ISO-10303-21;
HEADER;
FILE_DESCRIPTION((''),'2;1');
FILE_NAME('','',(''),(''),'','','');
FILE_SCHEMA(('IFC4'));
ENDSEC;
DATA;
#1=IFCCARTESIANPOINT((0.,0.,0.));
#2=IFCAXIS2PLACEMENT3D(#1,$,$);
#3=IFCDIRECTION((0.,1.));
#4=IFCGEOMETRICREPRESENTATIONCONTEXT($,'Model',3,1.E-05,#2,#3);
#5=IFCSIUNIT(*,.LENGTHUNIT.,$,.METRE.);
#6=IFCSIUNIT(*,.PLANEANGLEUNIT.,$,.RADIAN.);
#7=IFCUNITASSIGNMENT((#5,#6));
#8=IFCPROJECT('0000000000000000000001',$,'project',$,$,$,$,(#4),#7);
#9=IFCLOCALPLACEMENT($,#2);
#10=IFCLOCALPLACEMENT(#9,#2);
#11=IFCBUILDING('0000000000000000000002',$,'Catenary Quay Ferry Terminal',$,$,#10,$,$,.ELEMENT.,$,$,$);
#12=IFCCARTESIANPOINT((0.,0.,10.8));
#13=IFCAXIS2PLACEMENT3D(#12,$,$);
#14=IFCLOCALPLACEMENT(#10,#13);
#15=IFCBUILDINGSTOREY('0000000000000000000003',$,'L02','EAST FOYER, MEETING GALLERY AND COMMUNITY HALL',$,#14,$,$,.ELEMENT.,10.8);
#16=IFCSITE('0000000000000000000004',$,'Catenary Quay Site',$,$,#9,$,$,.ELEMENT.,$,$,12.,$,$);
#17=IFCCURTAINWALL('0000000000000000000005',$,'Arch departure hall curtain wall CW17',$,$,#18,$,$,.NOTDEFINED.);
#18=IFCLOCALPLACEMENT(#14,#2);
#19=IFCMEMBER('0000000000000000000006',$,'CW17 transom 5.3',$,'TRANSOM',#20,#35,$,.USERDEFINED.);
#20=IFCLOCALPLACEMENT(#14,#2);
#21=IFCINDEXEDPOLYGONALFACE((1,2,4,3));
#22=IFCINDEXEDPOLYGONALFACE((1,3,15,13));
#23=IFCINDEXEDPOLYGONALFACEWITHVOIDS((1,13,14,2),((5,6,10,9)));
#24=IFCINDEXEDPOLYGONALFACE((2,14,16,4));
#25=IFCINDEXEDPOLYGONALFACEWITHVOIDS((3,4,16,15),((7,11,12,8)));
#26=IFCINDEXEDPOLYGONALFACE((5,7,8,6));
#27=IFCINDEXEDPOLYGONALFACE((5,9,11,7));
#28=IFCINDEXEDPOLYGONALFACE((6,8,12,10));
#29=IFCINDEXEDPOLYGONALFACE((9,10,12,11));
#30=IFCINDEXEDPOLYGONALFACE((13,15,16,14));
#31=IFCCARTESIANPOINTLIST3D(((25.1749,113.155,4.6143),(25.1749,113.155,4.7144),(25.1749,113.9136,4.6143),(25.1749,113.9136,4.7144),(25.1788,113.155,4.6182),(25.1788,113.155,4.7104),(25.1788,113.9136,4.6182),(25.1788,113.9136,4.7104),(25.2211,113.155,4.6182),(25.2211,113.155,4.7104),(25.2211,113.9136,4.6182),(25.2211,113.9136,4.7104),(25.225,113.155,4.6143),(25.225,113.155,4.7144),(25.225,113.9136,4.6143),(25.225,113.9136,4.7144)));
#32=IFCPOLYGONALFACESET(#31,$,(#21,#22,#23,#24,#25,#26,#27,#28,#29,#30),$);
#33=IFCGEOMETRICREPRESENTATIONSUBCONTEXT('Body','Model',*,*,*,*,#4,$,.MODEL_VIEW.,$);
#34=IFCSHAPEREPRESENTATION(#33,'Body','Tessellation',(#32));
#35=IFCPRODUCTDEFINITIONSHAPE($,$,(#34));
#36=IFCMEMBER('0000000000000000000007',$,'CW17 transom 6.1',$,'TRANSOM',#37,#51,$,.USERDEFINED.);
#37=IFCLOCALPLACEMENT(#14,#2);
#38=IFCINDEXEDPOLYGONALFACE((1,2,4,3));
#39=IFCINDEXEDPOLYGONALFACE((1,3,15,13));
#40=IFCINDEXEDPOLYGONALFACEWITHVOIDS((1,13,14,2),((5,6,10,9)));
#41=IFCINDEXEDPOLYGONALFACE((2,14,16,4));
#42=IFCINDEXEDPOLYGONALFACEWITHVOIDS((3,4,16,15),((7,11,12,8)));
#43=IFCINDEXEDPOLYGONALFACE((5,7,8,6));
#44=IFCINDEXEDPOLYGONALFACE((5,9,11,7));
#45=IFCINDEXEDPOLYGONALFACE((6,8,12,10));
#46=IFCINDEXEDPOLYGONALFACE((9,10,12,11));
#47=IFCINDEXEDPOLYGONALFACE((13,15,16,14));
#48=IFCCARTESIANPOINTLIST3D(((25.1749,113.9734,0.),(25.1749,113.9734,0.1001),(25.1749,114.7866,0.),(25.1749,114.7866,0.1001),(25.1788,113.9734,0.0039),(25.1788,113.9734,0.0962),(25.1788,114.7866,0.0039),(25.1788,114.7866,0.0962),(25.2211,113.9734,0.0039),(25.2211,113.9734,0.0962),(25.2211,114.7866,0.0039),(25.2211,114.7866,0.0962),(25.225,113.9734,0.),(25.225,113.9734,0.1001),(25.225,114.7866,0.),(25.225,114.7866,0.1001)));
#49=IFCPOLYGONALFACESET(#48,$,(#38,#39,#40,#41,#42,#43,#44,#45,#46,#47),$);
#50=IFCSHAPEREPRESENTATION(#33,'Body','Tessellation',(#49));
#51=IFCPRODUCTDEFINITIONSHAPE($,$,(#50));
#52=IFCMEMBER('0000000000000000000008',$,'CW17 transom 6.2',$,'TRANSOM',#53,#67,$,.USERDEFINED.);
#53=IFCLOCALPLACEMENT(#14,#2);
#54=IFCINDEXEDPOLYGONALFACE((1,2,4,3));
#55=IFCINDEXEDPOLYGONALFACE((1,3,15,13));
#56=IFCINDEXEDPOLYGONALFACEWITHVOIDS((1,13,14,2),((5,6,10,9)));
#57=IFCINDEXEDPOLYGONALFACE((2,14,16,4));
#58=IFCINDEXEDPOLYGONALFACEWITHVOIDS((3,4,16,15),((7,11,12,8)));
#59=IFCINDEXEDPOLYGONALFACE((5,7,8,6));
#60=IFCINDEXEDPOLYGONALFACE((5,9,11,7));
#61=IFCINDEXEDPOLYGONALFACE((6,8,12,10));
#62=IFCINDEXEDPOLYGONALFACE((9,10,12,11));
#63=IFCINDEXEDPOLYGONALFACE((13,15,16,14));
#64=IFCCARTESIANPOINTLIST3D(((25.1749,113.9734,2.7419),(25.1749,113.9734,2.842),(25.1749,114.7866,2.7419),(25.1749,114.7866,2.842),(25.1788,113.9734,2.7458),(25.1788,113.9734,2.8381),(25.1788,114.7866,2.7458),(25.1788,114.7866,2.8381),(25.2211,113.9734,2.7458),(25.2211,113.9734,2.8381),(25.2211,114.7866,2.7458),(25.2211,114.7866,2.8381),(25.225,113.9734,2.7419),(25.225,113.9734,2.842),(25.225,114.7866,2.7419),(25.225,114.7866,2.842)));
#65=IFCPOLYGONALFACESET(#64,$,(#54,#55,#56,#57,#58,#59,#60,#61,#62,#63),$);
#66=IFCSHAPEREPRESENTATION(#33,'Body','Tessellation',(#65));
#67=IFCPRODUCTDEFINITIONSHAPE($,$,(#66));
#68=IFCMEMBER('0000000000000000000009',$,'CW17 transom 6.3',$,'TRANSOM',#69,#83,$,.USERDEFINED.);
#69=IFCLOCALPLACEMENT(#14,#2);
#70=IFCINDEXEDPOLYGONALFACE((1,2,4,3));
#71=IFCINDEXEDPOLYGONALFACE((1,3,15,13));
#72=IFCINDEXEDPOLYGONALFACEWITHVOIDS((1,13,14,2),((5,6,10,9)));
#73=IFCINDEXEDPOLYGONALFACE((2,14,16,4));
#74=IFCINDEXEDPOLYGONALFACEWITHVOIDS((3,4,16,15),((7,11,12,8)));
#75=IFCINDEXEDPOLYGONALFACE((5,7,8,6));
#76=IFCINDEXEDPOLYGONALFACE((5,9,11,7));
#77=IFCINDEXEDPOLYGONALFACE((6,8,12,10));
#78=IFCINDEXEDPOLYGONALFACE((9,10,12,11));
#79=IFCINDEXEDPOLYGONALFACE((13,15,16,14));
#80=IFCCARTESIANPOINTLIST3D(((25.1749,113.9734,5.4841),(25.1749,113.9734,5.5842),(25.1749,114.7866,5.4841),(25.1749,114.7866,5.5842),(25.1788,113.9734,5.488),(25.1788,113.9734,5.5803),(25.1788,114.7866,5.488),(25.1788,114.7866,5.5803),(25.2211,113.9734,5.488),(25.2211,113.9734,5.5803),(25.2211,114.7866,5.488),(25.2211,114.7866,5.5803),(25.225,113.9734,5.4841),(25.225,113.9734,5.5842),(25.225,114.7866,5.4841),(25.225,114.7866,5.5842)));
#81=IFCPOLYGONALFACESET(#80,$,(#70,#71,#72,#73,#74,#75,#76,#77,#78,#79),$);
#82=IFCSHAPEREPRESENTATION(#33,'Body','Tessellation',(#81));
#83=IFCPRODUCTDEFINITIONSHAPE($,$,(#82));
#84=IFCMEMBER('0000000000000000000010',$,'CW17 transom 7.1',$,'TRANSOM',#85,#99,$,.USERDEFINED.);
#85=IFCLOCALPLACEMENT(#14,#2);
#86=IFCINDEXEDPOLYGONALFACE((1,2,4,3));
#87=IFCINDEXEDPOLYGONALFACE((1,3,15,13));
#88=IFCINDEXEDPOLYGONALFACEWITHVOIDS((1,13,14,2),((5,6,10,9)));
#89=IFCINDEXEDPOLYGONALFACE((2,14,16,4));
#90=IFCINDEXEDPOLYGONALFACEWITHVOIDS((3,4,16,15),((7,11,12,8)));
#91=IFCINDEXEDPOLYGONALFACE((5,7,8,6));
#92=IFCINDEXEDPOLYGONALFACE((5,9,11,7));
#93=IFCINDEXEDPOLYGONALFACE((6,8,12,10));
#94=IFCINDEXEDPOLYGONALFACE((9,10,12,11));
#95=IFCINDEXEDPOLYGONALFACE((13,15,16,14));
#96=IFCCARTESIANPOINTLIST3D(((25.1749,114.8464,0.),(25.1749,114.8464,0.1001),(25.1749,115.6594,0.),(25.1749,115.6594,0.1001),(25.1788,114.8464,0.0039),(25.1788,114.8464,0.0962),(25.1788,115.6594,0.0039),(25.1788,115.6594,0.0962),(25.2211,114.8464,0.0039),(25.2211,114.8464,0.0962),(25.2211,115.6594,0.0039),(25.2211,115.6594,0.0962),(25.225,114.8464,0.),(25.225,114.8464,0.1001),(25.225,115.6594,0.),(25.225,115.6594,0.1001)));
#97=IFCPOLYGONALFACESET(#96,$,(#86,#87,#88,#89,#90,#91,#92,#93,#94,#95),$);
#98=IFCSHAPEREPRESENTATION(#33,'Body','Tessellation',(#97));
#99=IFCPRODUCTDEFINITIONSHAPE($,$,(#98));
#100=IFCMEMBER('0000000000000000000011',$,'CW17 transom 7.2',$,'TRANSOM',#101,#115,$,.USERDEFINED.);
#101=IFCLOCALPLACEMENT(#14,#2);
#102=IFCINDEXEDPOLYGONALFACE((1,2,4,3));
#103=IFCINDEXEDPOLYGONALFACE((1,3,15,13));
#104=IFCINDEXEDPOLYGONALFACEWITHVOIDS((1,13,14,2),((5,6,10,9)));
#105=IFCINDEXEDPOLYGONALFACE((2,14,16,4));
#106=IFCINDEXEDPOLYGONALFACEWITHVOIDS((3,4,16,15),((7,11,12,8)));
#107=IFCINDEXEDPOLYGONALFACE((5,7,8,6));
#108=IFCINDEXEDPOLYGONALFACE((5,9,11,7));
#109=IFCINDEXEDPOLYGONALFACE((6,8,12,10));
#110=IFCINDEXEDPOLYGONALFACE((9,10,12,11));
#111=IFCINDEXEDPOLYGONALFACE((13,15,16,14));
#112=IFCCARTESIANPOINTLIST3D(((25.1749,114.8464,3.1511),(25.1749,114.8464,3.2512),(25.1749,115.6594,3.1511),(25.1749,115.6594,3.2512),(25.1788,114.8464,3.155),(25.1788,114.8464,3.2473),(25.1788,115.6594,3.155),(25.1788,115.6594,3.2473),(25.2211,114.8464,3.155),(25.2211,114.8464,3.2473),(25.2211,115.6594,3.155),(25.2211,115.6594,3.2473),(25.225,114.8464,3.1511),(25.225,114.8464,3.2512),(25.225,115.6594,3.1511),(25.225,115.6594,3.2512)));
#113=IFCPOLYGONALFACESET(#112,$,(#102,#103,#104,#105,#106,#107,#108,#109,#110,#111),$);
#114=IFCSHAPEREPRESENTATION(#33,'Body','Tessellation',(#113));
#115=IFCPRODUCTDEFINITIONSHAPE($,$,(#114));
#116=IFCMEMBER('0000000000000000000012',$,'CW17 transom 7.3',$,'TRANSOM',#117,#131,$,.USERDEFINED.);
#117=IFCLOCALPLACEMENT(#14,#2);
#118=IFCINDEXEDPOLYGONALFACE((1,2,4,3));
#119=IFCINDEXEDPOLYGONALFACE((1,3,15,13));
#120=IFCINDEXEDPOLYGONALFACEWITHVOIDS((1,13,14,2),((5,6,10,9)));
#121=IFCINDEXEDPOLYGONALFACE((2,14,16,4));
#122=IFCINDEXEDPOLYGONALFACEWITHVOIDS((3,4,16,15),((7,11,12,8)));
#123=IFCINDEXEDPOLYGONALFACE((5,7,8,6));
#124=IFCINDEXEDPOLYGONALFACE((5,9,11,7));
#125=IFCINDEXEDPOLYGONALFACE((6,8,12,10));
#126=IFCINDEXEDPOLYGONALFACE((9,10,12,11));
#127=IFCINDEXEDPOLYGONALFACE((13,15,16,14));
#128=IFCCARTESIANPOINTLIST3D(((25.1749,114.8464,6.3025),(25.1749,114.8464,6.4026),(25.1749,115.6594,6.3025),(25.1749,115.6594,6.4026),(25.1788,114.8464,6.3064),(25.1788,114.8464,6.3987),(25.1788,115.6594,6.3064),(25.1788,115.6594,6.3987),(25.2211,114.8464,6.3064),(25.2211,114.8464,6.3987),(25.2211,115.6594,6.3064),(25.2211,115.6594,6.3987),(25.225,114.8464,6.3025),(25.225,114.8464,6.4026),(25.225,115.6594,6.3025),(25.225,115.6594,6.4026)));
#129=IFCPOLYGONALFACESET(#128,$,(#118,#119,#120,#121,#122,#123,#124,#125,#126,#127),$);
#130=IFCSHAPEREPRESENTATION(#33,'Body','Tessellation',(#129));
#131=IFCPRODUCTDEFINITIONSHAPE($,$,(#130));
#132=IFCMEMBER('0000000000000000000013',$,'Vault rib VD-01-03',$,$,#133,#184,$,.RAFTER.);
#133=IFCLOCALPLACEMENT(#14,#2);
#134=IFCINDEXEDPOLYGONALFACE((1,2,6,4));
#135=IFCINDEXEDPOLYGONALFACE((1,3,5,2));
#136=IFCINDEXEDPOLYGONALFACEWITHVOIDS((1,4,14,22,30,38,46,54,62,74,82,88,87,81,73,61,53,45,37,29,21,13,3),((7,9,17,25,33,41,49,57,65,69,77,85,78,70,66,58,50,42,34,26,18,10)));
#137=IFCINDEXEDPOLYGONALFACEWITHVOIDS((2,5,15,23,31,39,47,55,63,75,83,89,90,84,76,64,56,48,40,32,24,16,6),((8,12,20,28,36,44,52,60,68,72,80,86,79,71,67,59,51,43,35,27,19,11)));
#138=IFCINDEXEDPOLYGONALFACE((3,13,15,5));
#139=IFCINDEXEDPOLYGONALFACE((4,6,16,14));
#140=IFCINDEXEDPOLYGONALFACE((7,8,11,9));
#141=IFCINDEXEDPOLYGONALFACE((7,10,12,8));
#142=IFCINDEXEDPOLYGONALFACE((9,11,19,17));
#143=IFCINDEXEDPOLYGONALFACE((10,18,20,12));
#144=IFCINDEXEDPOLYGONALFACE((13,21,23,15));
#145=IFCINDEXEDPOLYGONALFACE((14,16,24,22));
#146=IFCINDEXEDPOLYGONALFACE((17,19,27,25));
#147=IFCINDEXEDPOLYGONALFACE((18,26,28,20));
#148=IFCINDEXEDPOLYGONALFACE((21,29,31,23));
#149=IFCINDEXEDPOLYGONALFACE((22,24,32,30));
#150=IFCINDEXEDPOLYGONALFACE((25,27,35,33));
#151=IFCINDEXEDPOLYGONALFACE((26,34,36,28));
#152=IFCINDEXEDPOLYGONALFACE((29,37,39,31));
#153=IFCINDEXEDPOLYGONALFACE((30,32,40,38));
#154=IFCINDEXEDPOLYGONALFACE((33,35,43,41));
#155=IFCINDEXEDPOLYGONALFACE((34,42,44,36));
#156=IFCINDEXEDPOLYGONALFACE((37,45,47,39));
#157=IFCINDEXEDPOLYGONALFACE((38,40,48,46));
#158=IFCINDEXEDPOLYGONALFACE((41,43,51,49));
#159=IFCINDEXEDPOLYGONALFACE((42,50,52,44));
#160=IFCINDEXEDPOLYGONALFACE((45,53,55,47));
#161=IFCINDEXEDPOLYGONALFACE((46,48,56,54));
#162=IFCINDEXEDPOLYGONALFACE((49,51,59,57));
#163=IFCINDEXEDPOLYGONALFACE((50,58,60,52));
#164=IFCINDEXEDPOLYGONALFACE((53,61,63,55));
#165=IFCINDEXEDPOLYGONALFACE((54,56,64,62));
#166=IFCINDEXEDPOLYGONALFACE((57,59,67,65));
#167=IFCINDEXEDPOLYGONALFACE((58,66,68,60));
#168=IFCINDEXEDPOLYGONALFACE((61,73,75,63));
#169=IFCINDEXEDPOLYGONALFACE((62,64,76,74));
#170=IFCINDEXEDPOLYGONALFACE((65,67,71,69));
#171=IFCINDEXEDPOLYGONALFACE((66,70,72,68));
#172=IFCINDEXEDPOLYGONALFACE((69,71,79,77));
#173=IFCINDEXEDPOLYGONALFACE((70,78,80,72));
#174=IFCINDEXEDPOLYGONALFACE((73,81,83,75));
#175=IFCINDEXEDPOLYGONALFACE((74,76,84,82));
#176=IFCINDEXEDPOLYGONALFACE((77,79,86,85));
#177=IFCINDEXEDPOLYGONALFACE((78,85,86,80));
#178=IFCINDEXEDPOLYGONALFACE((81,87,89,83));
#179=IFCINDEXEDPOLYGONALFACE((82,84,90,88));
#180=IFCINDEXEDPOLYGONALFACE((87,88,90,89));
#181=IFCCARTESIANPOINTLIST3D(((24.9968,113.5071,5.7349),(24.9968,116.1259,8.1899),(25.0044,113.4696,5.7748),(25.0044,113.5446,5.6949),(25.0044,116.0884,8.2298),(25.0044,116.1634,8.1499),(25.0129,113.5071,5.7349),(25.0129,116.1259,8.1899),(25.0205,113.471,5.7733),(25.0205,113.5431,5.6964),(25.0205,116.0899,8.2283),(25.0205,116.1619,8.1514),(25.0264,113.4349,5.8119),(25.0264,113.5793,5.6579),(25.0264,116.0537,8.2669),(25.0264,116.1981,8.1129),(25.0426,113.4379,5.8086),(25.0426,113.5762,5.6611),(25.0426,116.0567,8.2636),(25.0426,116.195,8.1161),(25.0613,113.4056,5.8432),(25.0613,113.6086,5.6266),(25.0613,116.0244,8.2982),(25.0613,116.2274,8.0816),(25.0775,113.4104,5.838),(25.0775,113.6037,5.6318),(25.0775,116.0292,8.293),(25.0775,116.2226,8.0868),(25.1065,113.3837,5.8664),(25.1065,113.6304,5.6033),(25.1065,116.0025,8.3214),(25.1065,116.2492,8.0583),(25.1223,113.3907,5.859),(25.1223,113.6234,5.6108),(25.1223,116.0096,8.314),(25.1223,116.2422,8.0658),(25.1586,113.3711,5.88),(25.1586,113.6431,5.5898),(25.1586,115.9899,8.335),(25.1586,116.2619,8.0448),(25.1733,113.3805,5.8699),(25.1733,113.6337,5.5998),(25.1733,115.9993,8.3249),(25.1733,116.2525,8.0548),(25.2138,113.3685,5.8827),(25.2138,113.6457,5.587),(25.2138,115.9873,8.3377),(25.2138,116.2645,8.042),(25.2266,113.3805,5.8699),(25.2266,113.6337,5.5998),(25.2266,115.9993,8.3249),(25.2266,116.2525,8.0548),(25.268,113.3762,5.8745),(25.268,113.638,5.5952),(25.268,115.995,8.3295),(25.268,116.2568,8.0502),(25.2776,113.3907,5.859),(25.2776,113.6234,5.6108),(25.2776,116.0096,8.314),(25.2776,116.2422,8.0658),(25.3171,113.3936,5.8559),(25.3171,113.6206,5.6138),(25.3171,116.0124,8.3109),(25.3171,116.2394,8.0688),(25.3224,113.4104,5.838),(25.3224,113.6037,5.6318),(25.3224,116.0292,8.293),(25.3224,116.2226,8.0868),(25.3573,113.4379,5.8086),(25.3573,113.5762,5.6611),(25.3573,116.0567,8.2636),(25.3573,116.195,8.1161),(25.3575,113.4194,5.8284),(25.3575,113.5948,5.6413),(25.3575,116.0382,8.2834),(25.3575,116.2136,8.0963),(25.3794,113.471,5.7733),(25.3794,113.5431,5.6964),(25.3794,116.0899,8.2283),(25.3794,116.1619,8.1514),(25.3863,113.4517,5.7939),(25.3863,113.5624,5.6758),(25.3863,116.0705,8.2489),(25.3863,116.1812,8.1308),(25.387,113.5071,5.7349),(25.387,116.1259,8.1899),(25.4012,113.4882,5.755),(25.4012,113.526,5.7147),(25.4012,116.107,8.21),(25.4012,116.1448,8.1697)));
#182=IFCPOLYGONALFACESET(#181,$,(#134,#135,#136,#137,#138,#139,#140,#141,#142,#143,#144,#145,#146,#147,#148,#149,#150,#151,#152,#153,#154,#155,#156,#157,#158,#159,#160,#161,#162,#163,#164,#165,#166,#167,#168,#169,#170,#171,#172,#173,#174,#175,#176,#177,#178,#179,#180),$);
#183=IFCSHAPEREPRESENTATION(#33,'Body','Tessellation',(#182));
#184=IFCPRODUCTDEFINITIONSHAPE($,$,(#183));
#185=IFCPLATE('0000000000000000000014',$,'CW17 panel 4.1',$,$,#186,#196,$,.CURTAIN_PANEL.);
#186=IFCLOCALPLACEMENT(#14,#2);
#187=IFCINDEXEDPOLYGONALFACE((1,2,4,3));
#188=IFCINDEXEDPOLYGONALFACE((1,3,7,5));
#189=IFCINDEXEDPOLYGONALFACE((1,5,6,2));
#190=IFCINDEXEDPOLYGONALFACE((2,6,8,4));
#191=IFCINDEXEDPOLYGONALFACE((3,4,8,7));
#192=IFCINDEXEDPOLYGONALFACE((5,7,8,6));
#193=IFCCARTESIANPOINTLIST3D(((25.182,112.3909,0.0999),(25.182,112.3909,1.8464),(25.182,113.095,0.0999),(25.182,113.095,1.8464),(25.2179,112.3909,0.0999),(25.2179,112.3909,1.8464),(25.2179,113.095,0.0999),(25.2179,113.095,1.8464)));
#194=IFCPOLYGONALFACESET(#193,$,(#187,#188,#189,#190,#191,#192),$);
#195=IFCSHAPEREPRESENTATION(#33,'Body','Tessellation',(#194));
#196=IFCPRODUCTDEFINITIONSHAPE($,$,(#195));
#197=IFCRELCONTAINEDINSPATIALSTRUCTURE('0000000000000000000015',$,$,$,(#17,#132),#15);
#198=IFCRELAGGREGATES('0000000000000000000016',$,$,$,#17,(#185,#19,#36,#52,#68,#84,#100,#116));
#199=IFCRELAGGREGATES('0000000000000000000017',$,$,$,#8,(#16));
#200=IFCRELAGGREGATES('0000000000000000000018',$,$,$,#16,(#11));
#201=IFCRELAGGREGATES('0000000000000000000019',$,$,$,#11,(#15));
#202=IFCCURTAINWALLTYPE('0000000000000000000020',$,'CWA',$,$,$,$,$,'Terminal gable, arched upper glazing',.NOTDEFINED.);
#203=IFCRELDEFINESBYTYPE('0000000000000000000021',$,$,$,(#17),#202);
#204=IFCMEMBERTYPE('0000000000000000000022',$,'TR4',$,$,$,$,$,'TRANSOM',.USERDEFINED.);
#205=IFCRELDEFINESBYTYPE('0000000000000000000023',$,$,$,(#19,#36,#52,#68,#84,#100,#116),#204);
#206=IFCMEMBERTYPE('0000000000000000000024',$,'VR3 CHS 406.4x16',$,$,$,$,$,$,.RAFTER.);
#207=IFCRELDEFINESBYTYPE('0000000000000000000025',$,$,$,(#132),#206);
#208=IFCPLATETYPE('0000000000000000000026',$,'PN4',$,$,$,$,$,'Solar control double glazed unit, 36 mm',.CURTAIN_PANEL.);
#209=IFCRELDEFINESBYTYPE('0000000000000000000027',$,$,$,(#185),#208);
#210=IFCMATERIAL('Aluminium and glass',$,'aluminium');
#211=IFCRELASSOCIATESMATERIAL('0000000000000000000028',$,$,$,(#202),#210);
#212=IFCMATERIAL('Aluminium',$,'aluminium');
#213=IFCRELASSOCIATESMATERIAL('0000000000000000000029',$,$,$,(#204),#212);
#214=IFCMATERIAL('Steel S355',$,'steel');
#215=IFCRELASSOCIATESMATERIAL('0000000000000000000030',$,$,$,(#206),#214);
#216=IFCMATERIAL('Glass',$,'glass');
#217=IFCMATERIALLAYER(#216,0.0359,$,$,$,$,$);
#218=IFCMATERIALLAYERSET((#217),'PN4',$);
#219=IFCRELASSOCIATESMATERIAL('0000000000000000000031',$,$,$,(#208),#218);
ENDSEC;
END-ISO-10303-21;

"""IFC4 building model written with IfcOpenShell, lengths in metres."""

from ifc_helpers import new_model, si_unit, direction, frame, origin, origin_2d, place, context, subcontext, project, spatial, rectangle, hollow_rectangle, hollow_circle, extrude, material, layer, layer_set, material_profile, profile_set, type_object, element, aggregate, save


model = new_model("IFC4")

# Units and contexts
model_context = context("Model", 3, precision=1e-05, world=origin(), true_north=direction((0.0, 1.0)))
body_context = subcontext(model_context, "Body", "Model", "MODEL_VIEW")
ifc_project = project(units=[si_unit("LENGTHUNIT", "METRE"), si_unit("PLANEANGLEUNIT", "RADIAN")], contexts=[model_context])

# Site, building, storey
site_placement = place(None, origin())
site = spatial("IfcSite", under=ifc_project, at=site_placement, Name="Catenary Quay Site", CompositionType="ELEMENT", RefElevation=12.0)
building_placement = place(site_placement, origin())
building = spatial("IfcBuilding", under=site, at=building_placement, Name="Catenary Quay Ferry Terminal", CompositionType="ELEMENT")
storey_placement = place(building_placement, frame((0.0, 0.0, 10.8)))
storey = spatial("IfcBuildingStorey", under=building, at=storey_placement, Name="L02", Description="EAST FOYER, MEETING GALLERY AND COMMUNITY HALL", CompositionType="ELEMENT", Elevation=10.8)

# Curtain wall, members
ifc_material_1 = material(Name="Aluminium and glass", Category="aluminium")
curtain_wall_type = type_object("IfcCurtainWallType", Name="CWA", ElementType="Terminal gable, arched upper glazing", PredefinedType="NOTDEFINED", material=ifc_material_1)
curtain_wall_placement = place(storey_placement, origin())
curtain_wall = element("IfcCurtainWall", 1, at=curtain_wall_placement, inside=storey, type_object=curtain_wall_type, Name="Arch departure hall curtain wall CW17", PredefinedType="NOTDEFINED")
ifc_material_2 = material(Name="Aluminium", Category="aluminium")
ifc_material_profile_1 = material_profile(ifc_material_2, hollow_rectangle(XDim=0.05, YDim=0.1001, WallThickness=0.0039, at=origin_2d()), Name="TR4")
ifc_profile_set_1 = profile_set([ifc_material_profile_1], Name="Aluminium")
member_type_1 = type_object("IfcMemberType", Name="TR4", ElementType="TRANSOM", PredefinedType="USERDEFINED", material=ifc_profile_set_1)
member_1_placement = place(storey_placement, frame((25.2, 113.155, 4.6643), z_axis=(0.0, 1.0, 0.0), x_axis=(-1.0, 0.0, 0.0)))
member_1 = element("IfcMember", 2, at=member_1_placement, type_object=member_type_1, Name="CW17 transom 5.3", ObjectType="TRANSOM", PredefinedType="USERDEFINED", context=body_context, shape_type="SweptSolid", body=[
    extrude(hollow_rectangle(XDim=0.05, YDim=0.1001, WallThickness=0.0039, at=origin_2d()), origin(), (0.0, 0.0, 1.0), 0.7585),
])
member_2_placement = place(storey_placement, frame((25.2, 113.9734, 0.05), z_axis=(0.0, 1.0, 0.0), x_axis=(-1.0, 0.0, 0.0)))
member_2 = element("IfcMember", 3, at=member_2_placement, type_object=member_type_1, Name="CW17 transom 6.1", ObjectType="TRANSOM", PredefinedType="USERDEFINED", context=body_context, shape_type="SweptSolid", body=[
    extrude(hollow_rectangle(XDim=0.05, YDim=0.1001, WallThickness=0.0039, at=origin_2d()), origin(), (0.0, 0.0, 1.0), 0.8132),
])
member_3_placement = place(storey_placement, frame((25.2, 113.9734, 2.792), z_axis=(0.0, 1.0, 0.0), x_axis=(-1.0, 0.0, 0.0)))
member_3 = element("IfcMember", 4, at=member_3_placement, type_object=member_type_1, Name="CW17 transom 6.2", ObjectType="TRANSOM", PredefinedType="USERDEFINED", context=body_context, shape_type="SweptSolid", body=[
    extrude(hollow_rectangle(XDim=0.05, YDim=0.1001, WallThickness=0.0039, at=origin_2d()), origin(), (0.0, 0.0, 1.0), 0.8132),
])
member_4_placement = place(storey_placement, frame((25.2, 113.9734, 5.5342), z_axis=(0.0, 1.0, 0.0), x_axis=(-1.0, 0.0, 0.0)))
member_4 = element("IfcMember", 5, at=member_4_placement, type_object=member_type_1, Name="CW17 transom 6.3", ObjectType="TRANSOM", PredefinedType="USERDEFINED", context=body_context, shape_type="SweptSolid", body=[
    extrude(hollow_rectangle(XDim=0.05, YDim=0.1001, WallThickness=0.0039, at=origin_2d()), origin(), (0.0, 0.0, 1.0), 0.8132),
])
member_5_placement = place(storey_placement, frame((25.2, 114.8464, 0.05), z_axis=(0.0, 1.0, 0.0), x_axis=(-1.0, 0.0, 0.0)))
member_5 = element("IfcMember", 6, at=member_5_placement, type_object=member_type_1, Name="CW17 transom 7.1", ObjectType="TRANSOM", PredefinedType="USERDEFINED", context=body_context, shape_type="SweptSolid", body=[
    extrude(hollow_rectangle(XDim=0.05, YDim=0.1001, WallThickness=0.0039, at=origin_2d()), origin(), (0.0, 0.0, 1.0), 0.813),
])
member_6_placement = place(storey_placement, frame((25.2, 114.8464, 3.2012), z_axis=(0.0, 1.0, 0.0), x_axis=(-1.0, 0.0, 0.0)))
member_6 = element("IfcMember", 7, at=member_6_placement, type_object=member_type_1, Name="CW17 transom 7.2", ObjectType="TRANSOM", PredefinedType="USERDEFINED", context=body_context, shape_type="SweptSolid", body=[
    extrude(hollow_rectangle(XDim=0.05, YDim=0.1001, WallThickness=0.0039, at=origin_2d()), origin(), (0.0, 0.0, 1.0), 0.813),
])
member_7_placement = place(storey_placement, frame((25.2, 114.8464, 6.3525), z_axis=(0.0, 1.0, 0.0), x_axis=(-1.0, 0.0, 0.0)))
member_7 = element("IfcMember", 8, at=member_7_placement, type_object=member_type_1, Name="CW17 transom 7.3", ObjectType="TRANSOM", PredefinedType="USERDEFINED", context=body_context, shape_type="SweptSolid", body=[
    extrude(hollow_rectangle(XDim=0.05, YDim=0.1001, WallThickness=0.0039, at=origin_2d()), origin(), (0.0, 0.0, 1.0), 0.813),
])

# Member
ifc_material_3 = material(Name="Steel S355", Category="steel")
ifc_material_profile_2 = material_profile(ifc_material_3, hollow_circle(Radius=0.2031, WallThickness=0.0161, at=origin_2d()), Name="CHS 406.4x16")
ifc_profile_set_2 = profile_set([ifc_material_profile_2], Name="Steel S355")
member_type_2 = type_object("IfcMemberType", Name="VR3 CHS 406.4x16", PredefinedType="RAFTER", material=ifc_profile_set_2)
member_8_placement = place(storey_placement, frame((25.2, 113.5071, 5.7349), z_axis=(0.0, 0.729556, 0.683921), x_axis=(-1.0, 0.0, 0.0)))
element("IfcMember", 9, at=member_8_placement, inside=storey, type_object=member_type_2, Name="Vault rib VD-01-03", PredefinedType="RAFTER", context=body_context, shape_type="SweptSolid", body=[
    extrude(hollow_circle(Radius=0.2031, WallThickness=0.0161, at=origin_2d()), origin(), (0.0, 0.0, 1.0), 3.5896),
])

# Plate
ifc_material_4 = material(Name="Glass", Category="glass")
ifc_layer_1 = layer(ifc_material_4, 0.0359)
ifc_layer_set_1 = layer_set([ifc_layer_1], Name="PN4")
plate_type_1 = type_object("IfcPlateType", Name="PN4", ElementType="Solar control double glazed unit, 36 mm", PredefinedType="CURTAIN_PANEL", material=ifc_layer_set_1)
plate_1_placement = place(storey_placement, frame((25.2, 112.7429, 0.0999), z_axis=(0.0, 0.0, 1.0), x_axis=(0.0, 1.0, 0.0)))
plate_1 = element("IfcPlate", 10, at=plate_1_placement, type_object=plate_type_1, Name="CW17 panel 4.1", PredefinedType="CURTAIN_PANEL", context=body_context, shape_type="SweptSolid", body=[
    extrude(rectangle(XDim=0.7041, YDim=0.0359, at=origin_2d()), origin(), (0.0, 0.0, 1.0), 1.7466),
])
aggregate(curtain_wall, [plate_1, member_1, member_2, member_3, member_4, member_5, member_6, member_7])

save(model, "model.ifc")
